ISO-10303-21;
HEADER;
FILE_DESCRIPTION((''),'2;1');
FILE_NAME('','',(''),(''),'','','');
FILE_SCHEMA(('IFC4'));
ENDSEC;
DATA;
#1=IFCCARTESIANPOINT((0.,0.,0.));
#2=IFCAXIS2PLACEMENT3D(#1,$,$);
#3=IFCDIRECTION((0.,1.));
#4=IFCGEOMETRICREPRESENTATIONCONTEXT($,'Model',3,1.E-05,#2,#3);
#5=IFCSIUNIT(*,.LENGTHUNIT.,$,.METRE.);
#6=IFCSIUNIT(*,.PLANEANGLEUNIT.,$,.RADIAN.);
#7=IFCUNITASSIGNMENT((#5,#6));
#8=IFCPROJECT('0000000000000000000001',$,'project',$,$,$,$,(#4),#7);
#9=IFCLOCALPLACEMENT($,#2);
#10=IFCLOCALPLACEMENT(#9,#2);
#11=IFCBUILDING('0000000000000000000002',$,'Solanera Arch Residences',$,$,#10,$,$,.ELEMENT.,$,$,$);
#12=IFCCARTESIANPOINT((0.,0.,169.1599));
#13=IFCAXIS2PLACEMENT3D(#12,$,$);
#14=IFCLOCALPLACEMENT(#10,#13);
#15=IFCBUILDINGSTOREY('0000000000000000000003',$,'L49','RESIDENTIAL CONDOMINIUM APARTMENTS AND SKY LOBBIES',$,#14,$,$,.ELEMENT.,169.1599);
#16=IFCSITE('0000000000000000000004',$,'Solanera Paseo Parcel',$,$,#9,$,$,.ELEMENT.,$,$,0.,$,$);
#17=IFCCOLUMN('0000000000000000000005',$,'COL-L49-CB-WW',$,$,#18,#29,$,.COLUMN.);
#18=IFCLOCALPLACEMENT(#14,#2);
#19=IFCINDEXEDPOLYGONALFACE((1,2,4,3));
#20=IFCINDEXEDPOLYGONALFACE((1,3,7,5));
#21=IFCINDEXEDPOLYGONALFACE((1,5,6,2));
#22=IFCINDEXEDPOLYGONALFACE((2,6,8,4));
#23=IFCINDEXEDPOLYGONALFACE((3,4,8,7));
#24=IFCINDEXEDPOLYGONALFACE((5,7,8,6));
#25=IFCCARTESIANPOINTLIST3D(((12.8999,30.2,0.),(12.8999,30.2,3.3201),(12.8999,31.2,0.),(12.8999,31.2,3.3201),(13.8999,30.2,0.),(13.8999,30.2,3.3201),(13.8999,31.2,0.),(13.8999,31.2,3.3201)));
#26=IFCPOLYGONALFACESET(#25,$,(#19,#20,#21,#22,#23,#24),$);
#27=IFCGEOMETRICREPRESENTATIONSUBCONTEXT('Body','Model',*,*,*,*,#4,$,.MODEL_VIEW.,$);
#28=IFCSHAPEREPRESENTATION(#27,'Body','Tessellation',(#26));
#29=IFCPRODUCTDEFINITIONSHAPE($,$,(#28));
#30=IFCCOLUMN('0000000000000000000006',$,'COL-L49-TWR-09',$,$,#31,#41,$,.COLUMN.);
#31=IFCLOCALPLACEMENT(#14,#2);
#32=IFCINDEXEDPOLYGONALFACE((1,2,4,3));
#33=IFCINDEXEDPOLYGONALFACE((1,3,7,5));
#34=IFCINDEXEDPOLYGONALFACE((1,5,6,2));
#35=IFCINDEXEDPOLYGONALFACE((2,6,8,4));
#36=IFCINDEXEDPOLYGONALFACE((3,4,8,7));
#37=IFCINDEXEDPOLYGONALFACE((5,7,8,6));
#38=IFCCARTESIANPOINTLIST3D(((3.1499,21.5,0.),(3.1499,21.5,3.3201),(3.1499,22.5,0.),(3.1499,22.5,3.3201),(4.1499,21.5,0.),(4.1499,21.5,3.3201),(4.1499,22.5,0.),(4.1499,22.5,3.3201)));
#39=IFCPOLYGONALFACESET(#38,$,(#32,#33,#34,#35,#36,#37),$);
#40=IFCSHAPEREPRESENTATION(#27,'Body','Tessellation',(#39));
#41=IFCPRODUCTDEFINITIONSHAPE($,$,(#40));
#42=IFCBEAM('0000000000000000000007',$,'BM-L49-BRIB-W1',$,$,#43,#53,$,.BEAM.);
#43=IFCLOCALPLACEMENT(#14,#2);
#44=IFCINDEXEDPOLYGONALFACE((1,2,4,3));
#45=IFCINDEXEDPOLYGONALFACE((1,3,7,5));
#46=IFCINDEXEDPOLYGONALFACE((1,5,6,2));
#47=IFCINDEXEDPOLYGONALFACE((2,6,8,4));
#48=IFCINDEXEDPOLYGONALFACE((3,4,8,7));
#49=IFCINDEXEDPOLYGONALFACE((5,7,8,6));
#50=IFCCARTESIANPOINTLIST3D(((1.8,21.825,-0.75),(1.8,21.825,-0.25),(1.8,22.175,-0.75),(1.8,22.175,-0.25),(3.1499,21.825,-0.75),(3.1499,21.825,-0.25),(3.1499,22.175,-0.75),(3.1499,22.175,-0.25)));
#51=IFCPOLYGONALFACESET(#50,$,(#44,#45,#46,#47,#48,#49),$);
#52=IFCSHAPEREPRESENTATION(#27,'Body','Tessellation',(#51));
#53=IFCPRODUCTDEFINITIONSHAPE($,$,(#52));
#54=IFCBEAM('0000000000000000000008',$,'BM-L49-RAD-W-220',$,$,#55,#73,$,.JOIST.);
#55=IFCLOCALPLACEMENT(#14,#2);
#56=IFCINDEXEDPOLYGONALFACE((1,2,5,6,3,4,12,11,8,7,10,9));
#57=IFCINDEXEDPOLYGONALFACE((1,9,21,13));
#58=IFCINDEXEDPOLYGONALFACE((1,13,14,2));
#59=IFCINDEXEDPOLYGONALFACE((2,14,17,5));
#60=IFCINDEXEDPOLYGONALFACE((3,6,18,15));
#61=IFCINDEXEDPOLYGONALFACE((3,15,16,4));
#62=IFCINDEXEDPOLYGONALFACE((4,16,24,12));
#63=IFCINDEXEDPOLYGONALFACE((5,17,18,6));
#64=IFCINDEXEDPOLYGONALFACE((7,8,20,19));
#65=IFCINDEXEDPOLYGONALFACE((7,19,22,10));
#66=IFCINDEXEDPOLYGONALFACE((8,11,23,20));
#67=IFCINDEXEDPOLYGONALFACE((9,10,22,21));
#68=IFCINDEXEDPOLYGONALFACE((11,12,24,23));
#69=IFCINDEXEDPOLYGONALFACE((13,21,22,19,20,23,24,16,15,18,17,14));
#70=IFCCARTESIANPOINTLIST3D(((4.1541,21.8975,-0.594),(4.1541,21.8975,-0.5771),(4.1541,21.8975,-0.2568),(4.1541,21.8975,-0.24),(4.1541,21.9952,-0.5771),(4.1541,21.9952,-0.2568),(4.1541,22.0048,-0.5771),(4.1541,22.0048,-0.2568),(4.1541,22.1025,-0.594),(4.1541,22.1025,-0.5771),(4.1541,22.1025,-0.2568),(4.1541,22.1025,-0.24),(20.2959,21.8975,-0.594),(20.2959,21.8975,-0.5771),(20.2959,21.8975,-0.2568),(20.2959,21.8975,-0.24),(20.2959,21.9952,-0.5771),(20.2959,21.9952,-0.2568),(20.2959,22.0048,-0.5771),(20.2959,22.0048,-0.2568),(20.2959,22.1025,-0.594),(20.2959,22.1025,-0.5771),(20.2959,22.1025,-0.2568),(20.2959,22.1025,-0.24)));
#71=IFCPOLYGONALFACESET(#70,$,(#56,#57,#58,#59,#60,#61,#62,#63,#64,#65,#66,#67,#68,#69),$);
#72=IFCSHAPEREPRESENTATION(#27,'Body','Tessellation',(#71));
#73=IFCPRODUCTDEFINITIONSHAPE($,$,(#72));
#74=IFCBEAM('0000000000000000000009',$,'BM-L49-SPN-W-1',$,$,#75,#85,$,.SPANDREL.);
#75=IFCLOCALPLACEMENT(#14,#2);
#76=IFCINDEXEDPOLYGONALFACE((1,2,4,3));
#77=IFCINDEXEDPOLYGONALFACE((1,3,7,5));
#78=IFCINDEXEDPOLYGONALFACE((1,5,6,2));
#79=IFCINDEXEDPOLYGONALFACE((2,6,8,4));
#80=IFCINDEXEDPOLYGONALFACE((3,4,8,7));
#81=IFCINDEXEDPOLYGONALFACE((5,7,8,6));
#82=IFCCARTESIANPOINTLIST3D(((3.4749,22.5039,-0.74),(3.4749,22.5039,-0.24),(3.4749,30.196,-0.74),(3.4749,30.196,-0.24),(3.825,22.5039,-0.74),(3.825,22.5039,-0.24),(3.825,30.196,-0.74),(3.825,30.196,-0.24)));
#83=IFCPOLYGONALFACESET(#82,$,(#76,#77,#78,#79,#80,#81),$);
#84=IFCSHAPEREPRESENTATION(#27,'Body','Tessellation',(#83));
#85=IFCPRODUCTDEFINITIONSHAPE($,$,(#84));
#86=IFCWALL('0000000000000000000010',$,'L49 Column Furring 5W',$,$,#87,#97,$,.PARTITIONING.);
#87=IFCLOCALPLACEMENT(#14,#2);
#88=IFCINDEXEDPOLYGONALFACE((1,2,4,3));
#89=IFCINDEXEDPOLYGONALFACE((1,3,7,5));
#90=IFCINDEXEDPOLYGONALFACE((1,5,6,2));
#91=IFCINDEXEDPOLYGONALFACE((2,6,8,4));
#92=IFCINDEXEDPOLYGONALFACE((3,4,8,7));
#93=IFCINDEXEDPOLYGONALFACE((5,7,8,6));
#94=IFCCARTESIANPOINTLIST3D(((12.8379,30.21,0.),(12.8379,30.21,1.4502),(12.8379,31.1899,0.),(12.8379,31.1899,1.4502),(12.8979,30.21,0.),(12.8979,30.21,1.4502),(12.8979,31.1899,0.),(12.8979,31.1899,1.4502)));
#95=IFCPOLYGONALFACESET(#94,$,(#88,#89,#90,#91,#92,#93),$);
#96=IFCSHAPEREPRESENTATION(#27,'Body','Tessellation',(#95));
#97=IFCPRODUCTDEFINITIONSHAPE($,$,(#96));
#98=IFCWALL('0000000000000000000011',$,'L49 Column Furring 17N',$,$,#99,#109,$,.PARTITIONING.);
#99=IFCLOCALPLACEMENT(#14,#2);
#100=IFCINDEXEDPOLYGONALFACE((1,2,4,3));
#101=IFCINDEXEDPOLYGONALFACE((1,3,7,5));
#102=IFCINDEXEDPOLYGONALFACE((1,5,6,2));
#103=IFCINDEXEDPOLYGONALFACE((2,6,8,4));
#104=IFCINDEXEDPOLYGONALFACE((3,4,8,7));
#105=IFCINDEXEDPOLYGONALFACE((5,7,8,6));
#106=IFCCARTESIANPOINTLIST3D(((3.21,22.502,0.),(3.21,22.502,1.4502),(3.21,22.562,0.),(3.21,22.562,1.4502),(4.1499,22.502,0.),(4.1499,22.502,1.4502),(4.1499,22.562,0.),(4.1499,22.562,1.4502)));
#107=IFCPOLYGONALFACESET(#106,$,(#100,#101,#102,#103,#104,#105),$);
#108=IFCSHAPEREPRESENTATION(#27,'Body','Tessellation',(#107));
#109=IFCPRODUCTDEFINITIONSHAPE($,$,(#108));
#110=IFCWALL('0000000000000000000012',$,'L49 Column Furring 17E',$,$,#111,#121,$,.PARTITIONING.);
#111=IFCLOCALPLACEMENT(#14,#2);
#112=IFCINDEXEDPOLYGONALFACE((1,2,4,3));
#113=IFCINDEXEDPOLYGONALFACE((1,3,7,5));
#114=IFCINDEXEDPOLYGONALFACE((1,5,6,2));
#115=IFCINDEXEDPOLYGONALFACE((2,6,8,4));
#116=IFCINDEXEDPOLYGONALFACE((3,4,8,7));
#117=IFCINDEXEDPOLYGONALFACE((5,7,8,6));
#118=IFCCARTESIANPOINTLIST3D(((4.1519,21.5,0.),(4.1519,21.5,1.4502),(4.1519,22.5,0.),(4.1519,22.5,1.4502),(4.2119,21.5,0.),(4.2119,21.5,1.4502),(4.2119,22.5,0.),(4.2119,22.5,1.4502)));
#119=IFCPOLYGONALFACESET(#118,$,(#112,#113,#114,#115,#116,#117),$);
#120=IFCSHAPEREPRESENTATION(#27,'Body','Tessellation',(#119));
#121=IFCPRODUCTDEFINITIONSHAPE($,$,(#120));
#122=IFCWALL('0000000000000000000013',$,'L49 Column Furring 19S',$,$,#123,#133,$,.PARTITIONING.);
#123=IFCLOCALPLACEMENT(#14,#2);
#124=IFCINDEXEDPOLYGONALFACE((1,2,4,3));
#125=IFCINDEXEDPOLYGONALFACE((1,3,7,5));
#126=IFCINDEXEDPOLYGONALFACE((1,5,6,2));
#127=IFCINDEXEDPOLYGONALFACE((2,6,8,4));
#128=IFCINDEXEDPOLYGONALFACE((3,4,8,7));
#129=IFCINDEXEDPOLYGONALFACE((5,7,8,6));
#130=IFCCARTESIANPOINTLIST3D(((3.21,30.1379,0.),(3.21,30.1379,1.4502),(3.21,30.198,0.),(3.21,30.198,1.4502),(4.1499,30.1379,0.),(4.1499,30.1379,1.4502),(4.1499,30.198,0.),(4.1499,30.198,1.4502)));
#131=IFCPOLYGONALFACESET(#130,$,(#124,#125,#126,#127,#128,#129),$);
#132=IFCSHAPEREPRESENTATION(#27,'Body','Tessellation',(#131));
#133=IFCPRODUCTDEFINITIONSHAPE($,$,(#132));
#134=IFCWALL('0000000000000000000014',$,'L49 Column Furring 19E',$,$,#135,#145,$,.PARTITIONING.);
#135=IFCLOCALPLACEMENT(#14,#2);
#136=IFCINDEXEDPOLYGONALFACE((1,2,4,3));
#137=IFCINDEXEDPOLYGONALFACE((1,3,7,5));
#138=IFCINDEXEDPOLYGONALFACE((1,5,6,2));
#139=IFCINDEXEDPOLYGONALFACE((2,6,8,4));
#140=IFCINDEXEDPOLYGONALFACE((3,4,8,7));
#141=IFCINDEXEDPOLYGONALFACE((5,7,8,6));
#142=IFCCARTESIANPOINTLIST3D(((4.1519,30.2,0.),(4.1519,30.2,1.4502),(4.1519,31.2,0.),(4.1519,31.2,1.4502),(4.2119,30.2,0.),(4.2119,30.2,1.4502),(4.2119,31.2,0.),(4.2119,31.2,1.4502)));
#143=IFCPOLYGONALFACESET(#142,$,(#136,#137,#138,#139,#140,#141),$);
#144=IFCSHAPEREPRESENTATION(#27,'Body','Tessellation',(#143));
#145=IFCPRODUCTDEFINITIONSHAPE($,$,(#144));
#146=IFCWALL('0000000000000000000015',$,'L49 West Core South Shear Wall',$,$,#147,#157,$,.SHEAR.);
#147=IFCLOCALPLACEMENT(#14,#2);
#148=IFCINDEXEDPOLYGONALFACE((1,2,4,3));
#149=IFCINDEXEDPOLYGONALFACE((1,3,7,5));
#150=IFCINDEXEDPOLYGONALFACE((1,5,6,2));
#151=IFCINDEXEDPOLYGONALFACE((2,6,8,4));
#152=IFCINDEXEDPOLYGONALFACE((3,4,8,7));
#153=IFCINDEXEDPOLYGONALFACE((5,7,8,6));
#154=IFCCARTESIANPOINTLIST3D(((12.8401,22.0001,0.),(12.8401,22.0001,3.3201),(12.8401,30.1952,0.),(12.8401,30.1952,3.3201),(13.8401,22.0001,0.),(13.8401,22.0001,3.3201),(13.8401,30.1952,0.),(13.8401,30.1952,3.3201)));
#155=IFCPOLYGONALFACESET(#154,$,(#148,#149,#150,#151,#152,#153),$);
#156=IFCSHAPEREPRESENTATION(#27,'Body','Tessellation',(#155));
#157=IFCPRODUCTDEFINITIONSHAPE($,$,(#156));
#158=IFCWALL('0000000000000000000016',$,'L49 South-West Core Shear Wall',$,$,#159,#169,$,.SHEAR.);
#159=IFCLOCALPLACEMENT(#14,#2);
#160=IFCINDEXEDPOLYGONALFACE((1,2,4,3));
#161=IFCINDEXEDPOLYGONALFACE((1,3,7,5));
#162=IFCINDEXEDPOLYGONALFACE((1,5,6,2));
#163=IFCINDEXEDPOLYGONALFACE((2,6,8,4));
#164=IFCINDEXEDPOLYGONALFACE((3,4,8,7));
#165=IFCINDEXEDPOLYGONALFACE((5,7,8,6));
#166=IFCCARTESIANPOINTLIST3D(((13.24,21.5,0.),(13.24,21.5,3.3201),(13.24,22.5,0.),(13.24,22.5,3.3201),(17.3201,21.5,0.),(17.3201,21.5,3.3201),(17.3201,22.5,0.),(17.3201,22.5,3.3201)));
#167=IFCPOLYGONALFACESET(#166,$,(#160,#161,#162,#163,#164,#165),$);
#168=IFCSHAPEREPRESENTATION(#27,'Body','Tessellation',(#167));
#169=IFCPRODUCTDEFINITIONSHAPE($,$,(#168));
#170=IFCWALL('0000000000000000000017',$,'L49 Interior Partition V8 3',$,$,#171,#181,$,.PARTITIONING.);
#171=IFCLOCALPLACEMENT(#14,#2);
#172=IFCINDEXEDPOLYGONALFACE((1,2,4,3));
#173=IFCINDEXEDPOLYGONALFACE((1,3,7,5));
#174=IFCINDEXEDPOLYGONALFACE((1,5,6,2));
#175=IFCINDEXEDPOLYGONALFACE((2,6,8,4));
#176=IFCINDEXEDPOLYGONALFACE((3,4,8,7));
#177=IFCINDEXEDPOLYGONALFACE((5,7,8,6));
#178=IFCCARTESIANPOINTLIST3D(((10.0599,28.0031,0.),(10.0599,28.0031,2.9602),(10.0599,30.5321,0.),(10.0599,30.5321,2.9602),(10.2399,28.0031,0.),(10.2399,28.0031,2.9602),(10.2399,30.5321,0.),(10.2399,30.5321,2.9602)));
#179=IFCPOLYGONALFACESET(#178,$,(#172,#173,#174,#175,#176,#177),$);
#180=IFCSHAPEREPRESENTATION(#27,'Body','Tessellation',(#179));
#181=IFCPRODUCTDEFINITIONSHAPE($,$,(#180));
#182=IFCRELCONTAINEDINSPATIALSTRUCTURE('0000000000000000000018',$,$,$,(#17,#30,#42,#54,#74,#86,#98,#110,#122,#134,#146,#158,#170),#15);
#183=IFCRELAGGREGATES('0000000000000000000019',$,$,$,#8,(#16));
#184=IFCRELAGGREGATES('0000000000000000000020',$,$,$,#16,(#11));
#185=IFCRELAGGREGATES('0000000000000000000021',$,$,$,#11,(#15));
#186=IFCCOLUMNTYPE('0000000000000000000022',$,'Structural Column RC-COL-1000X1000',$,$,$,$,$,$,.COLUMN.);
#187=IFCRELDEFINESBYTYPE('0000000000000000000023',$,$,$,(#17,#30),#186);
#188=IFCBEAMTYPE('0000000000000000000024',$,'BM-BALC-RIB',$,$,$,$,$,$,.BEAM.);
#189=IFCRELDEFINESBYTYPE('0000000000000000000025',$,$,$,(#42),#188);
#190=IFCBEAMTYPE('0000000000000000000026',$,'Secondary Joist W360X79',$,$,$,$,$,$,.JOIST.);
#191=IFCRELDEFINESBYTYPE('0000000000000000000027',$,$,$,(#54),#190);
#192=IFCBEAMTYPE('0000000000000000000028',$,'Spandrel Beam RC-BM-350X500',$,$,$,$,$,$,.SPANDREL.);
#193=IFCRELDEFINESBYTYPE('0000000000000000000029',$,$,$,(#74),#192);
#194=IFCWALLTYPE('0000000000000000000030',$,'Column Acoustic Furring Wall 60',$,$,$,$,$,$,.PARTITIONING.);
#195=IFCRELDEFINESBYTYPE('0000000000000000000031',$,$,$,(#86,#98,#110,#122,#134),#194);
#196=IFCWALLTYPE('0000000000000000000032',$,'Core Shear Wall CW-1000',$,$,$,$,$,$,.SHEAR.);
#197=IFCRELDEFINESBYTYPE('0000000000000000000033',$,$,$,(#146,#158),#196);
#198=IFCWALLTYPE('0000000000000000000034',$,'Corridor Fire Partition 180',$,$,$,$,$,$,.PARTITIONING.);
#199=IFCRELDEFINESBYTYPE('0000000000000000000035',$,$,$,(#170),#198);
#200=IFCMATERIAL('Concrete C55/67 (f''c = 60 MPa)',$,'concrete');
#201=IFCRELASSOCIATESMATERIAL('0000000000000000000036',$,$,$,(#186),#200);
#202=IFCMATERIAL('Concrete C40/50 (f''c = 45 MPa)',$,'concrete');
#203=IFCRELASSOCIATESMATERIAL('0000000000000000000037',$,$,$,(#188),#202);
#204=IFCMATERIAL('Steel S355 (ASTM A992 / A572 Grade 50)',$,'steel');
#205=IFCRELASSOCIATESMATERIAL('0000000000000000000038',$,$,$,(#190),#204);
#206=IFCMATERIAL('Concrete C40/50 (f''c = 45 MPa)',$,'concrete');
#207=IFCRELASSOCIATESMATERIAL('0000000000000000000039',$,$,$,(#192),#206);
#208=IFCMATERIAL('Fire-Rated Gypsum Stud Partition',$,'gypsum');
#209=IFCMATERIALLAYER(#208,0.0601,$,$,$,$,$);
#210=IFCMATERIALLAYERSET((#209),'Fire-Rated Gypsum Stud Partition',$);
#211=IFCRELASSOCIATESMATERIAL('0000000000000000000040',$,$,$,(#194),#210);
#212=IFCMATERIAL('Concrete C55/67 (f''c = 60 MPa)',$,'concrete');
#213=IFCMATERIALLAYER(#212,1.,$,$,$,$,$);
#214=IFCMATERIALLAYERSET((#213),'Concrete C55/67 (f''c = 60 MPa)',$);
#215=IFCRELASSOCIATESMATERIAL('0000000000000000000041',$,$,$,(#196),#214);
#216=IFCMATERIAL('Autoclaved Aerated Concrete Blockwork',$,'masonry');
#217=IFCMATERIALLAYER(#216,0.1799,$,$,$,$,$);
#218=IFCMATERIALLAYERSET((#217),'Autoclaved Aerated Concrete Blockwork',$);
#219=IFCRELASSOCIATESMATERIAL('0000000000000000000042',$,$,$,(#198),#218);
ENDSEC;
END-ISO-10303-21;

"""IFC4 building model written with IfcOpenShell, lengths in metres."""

from ifc_helpers import new_model, si_unit, direction, frame, frame_2d, origin, origin_2d, place, context, subcontext, project, spatial, rectangle, i_section, extrude, material, layer, layer_set, material_profile, profile_set, type_object, element, save


model = new_model("IFC4")

# Units and contexts
model_context = context("Model", 3, precision=1e-05, world=origin(), true_north=direction((0.0, 1.0)))
body_context = subcontext(model_context, "Body", "Model", "MODEL_VIEW")
ifc_project = project(units=[si_unit("LENGTHUNIT", "METRE"), si_unit("PLANEANGLEUNIT", "RADIAN")], contexts=[model_context])

# Site, building, storey
site_placement = place(None, origin())
site = spatial("IfcSite", under=ifc_project, at=site_placement, Name="Solanera Paseo Parcel", CompositionType="ELEMENT", RefElevation=0.0)
building_placement = place(site_placement, origin())
building = spatial("IfcBuilding", under=site, at=building_placement, Name="Solanera Arch Residences", CompositionType="ELEMENT")
storey_placement = place(building_placement, frame((0.0, 0.0, 169.1599)))
storey = spatial("IfcBuildingStorey", under=building, at=storey_placement, Name="L49", Description="RESIDENTIAL CONDOMINIUM APARTMENTS AND SKY LOBBIES", CompositionType="ELEMENT", Elevation=169.1599)

# Columns
ifc_material_1 = material(Name="Concrete C55/67 (f'c = 60 MPa)", Category="concrete")
ifc_material_profile_1 = material_profile(ifc_material_1, rectangle(XDim=1.0, YDim=1.0, at=origin_2d()))
ifc_profile_set_1 = profile_set([ifc_material_profile_1], Name="Concrete C55/67 (f'c = 60 MPa)")
column_type = type_object("IfcColumnType", Name="Structural Column RC-COL-1000X1000", PredefinedType="COLUMN", material=ifc_profile_set_1)
for number, where, z_axis, x_axis, name in (
    (1, (13.3999, 30.7, 0.0), (0.0, 0.0, 1.0), (1.0, 0.0, 0.0), "COL-L49-CB-WW"),
    (2, (3.6499, 22.0, 0.0), (0.0, 0.0, 1.0), (1.0, 0.0, 0.0), "COL-L49-TWR-09"),
):
    element("IfcColumn", number, at=place(storey_placement, frame(where, z_axis=z_axis, x_axis=x_axis)), inside=storey, type_object=column_type, Name=name, PredefinedType="COLUMN", context=body_context, shape_type="SweptSolid", body=[
        extrude(rectangle(XDim=1.0, YDim=1.0, at=origin_2d()), origin(), (0.0, 0.0, 1.0), 3.3201),
    ])

# Beams
ifc_material_2 = material(Name="Concrete C40/50 (f'c = 45 MPa)", Category="concrete")
ifc_material_profile_2 = material_profile(ifc_material_2, rectangle(XDim=0.3501, YDim=0.5, at=origin_2d()))
ifc_profile_set_2 = profile_set([ifc_material_profile_2], Name="Concrete C40/50 (f'c = 45 MPa)")
beam_type_1 = type_object("IfcBeamType", Name="BM-BALC-RIB", PredefinedType="BEAM", material=ifc_profile_set_2)
beam_1_placement = place(storey_placement, frame((1.8, 22.0, -0.5), z_axis=(1.0, 0.0, 0.0), x_axis=(0.0, 1.0, 0.0)))
element("IfcBeam", 3, at=beam_1_placement, inside=storey, type_object=beam_type_1, Name="BM-L49-BRIB-W1", PredefinedType="BEAM", context=body_context, shape_type="SweptSolid", body=[
    extrude(rectangle(XDim=0.3501, YDim=0.5, at=origin_2d()), origin(), (0.0, 0.0, 1.0), 1.3499),
])
ifc_material_3 = material(Name="Steel S355 (ASTM A992 / A572 Grade 50)", Category="steel")
ifc_material_profile_3 = material_profile(ifc_material_3, i_section(OverallWidth=0.2051, OverallDepth=0.354, WebThickness=0.0095, FlangeThickness=0.0168, at=origin_2d()))
ifc_profile_set_3 = profile_set([ifc_material_profile_3], Name="Steel S355 (ASTM A992 / A572 Grade 50)")
beam_type_2 = type_object("IfcBeamType", Name="Secondary Joist W360X79", PredefinedType="JOIST", material=ifc_profile_set_3)
beam_2_placement = place(storey_placement, frame((4.1541, 22.0, -0.417), z_axis=(1.0, 0.0, 0.0), x_axis=(0.0, 1.0, 0.0)))
element("IfcBeam", 4, at=beam_2_placement, inside=storey, type_object=beam_type_2, Name="BM-L49-RAD-W-220", PredefinedType="JOIST", context=body_context, shape_type="SweptSolid", body=[
    extrude(i_section(OverallWidth=0.2051, OverallDepth=0.354, WebThickness=0.0095, FlangeThickness=0.0168, at=origin_2d()), origin(), (0.0, 0.0, 1.0), 16.1418),
])
ifc_material_4 = material(Name="Concrete C40/50 (f'c = 45 MPa)", Category="concrete")
ifc_material_profile_4 = material_profile(ifc_material_4, rectangle(XDim=0.3501, YDim=0.5, at=origin_2d()))
ifc_profile_set_4 = profile_set([ifc_material_profile_4], Name="Concrete C40/50 (f'c = 45 MPa)")
beam_type_3 = type_object("IfcBeamType", Name="Spandrel Beam RC-BM-350X500", PredefinedType="SPANDREL", material=ifc_profile_set_4)
beam_3_placement = place(storey_placement, frame((3.6499, 22.5039, -0.49), z_axis=(0.0, 1.0, 0.0), x_axis=(-1.0, 0.0, 0.0)))
element("IfcBeam", 5, at=beam_3_placement, inside=storey, type_object=beam_type_3, Name="BM-L49-SPN-W-1", PredefinedType="SPANDREL", context=body_context, shape_type="SweptSolid", body=[
    extrude(rectangle(XDim=0.3501, YDim=0.5, at=origin_2d()), origin(), (0.0, 0.0, 1.0), 7.6921),
])

# Walls
ifc_material_5 = material(Name="Fire-Rated Gypsum Stud Partition", Category="gypsum")
ifc_layer_1 = layer(ifc_material_5, 0.0601)
ifc_layer_set_1 = layer_set([ifc_layer_1], Name="Fire-Rated Gypsum Stud Partition")
wall_type_1 = type_object("IfcWallType", Name="Column Acoustic Furring Wall 60", PredefinedType="PARTITIONING", material=ifc_layer_set_1)
wall_1_placement = place(storey_placement, frame((12.8679, 30.21, 0.0), z_axis=(0.0, 0.0, 1.0), x_axis=(0.0, 1.0, 0.0)))
element("IfcWall", 6, at=wall_1_placement, inside=storey, type_object=wall_type_1, Name="L49 Column Furring 5W", PredefinedType="PARTITIONING", context=body_context, shape_type="SweptSolid", body=[
    extrude(rectangle(XDim=0.98, YDim=0.0601, at=frame_2d((0.49, 0.0))), origin(), (0.0, 0.0, 1.0), 1.4502),
])
wall_2_placement = place(storey_placement, frame((3.21, 22.532, 0.0), z_axis=(0.0, 0.0, 1.0), x_axis=(1.0, 0.0, 0.0)))
element("IfcWall", 7, at=wall_2_placement, inside=storey, type_object=wall_type_1, Name="L49 Column Furring 17N", PredefinedType="PARTITIONING", context=body_context, shape_type="SweptSolid", body=[
    extrude(rectangle(XDim=0.9399, YDim=0.0601, at=frame_2d((0.47, 0.0))), origin(), (0.0, 0.0, 1.0), 1.4502),
])
wall_3_placement = place(storey_placement, frame((4.1819, 21.5, 0.0), z_axis=(0.0, 0.0, 1.0), x_axis=(0.0, 1.0, 0.0)))
element("IfcWall", 8, at=wall_3_placement, inside=storey, type_object=wall_type_1, Name="L49 Column Furring 17E", PredefinedType="PARTITIONING", context=body_context, shape_type="SweptSolid", body=[
    extrude(rectangle(XDim=1.0, YDim=0.0601, at=frame_2d((0.5, 0.0))), origin(), (0.0, 0.0, 1.0), 1.4502),
])
wall_4_placement = place(storey_placement, frame((3.21, 30.168, 0.0), z_axis=(0.0, 0.0, 1.0), x_axis=(1.0, 0.0, 0.0)))
element("IfcWall", 9, at=wall_4_placement, inside=storey, type_object=wall_type_1, Name="L49 Column Furring 19S", PredefinedType="PARTITIONING", context=body_context, shape_type="SweptSolid", body=[
    extrude(rectangle(XDim=0.9399, YDim=0.0601, at=frame_2d((0.47, 0.0))), origin(), (0.0, 0.0, 1.0), 1.4502),
])
wall_5_placement = place(storey_placement, frame((4.1819, 30.2, 0.0), z_axis=(0.0, 0.0, 1.0), x_axis=(0.0, 1.0, 0.0)))
element("IfcWall", 10, at=wall_5_placement, inside=storey, type_object=wall_type_1, Name="L49 Column Furring 19E", PredefinedType="PARTITIONING", context=body_context, shape_type="SweptSolid", body=[
    extrude(rectangle(XDim=1.0, YDim=0.0601, at=frame_2d((0.5, 0.0))), origin(), (0.0, 0.0, 1.0), 1.4502),
])
ifc_material_6 = material(Name="Concrete C55/67 (f'c = 60 MPa)", Category="concrete")
ifc_layer_2 = layer(ifc_material_6, 1.0)
ifc_layer_set_2 = layer_set([ifc_layer_2], Name="Concrete C55/67 (f'c = 60 MPa)")
wall_type_2 = type_object("IfcWallType", Name="Core Shear Wall CW-1000", PredefinedType="SHEAR", material=ifc_layer_set_2)
wall_6_placement = place(storey_placement, frame((13.3401, 22.0, 0.0), z_axis=(0.0, 0.0, 1.0), x_axis=(0.0, 1.0, 0.0)))
element("IfcWall", 11, at=wall_6_placement, inside=storey, type_object=wall_type_2, Name="L49 West Core South Shear Wall", PredefinedType="SHEAR", context=body_context, shape_type="SweptSolid", body=[
    extrude(rectangle(XDim=8.1951, YDim=1.0, at=frame_2d((4.0977, 0.0))), origin(), (0.0, 0.0, 1.0), 3.3201),
])
wall_7_placement = place(storey_placement, frame((13.24, 22.0, 0.0), z_axis=(0.0, 0.0, 1.0), x_axis=(1.0, 0.0, 0.0)))
element("IfcWall", 12, at=wall_7_placement, inside=storey, type_object=wall_type_2, Name="L49 South-West Core Shear Wall", PredefinedType="SHEAR", context=body_context, shape_type="SweptSolid", body=[
    extrude(rectangle(XDim=4.0801, YDim=1.0, at=frame_2d((2.04, 0.0))), origin(), (0.0, 0.0, 1.0), 3.3201),
])

# Shared definitions
ifc_material_7 = material(Name="Autoclaved Aerated Concrete Blockwork", Category="masonry")
ifc_layer_3 = layer(ifc_material_7, 0.1799)
ifc_layer_set_3 = layer_set([ifc_layer_3], Name="Autoclaved Aerated Concrete Blockwork")
wall_type_3 = type_object("IfcWallType", Name="Corridor Fire Partition 180", PredefinedType="PARTITIONING", material=ifc_layer_set_3)

# Wall
wall_8_placement = place(storey_placement, frame((10.1499, 28.0029, 0.0), z_axis=(0.0, 0.0, 1.0), x_axis=(0.0, 1.0, 0.0)))
element("IfcWall", 13, at=wall_8_placement, inside=storey, type_object=wall_type_3, Name="L49 Interior Partition V8 3", PredefinedType="PARTITIONING", context=body_context, shape_type="SweptSolid", body=[
    extrude(rectangle(XDim=2.5291, YDim=0.1799, at=frame_2d((1.2646, 0.0))), origin(), (0.0, 0.0, 1.0), 2.9602),
])

save(model, "model.ifc")
